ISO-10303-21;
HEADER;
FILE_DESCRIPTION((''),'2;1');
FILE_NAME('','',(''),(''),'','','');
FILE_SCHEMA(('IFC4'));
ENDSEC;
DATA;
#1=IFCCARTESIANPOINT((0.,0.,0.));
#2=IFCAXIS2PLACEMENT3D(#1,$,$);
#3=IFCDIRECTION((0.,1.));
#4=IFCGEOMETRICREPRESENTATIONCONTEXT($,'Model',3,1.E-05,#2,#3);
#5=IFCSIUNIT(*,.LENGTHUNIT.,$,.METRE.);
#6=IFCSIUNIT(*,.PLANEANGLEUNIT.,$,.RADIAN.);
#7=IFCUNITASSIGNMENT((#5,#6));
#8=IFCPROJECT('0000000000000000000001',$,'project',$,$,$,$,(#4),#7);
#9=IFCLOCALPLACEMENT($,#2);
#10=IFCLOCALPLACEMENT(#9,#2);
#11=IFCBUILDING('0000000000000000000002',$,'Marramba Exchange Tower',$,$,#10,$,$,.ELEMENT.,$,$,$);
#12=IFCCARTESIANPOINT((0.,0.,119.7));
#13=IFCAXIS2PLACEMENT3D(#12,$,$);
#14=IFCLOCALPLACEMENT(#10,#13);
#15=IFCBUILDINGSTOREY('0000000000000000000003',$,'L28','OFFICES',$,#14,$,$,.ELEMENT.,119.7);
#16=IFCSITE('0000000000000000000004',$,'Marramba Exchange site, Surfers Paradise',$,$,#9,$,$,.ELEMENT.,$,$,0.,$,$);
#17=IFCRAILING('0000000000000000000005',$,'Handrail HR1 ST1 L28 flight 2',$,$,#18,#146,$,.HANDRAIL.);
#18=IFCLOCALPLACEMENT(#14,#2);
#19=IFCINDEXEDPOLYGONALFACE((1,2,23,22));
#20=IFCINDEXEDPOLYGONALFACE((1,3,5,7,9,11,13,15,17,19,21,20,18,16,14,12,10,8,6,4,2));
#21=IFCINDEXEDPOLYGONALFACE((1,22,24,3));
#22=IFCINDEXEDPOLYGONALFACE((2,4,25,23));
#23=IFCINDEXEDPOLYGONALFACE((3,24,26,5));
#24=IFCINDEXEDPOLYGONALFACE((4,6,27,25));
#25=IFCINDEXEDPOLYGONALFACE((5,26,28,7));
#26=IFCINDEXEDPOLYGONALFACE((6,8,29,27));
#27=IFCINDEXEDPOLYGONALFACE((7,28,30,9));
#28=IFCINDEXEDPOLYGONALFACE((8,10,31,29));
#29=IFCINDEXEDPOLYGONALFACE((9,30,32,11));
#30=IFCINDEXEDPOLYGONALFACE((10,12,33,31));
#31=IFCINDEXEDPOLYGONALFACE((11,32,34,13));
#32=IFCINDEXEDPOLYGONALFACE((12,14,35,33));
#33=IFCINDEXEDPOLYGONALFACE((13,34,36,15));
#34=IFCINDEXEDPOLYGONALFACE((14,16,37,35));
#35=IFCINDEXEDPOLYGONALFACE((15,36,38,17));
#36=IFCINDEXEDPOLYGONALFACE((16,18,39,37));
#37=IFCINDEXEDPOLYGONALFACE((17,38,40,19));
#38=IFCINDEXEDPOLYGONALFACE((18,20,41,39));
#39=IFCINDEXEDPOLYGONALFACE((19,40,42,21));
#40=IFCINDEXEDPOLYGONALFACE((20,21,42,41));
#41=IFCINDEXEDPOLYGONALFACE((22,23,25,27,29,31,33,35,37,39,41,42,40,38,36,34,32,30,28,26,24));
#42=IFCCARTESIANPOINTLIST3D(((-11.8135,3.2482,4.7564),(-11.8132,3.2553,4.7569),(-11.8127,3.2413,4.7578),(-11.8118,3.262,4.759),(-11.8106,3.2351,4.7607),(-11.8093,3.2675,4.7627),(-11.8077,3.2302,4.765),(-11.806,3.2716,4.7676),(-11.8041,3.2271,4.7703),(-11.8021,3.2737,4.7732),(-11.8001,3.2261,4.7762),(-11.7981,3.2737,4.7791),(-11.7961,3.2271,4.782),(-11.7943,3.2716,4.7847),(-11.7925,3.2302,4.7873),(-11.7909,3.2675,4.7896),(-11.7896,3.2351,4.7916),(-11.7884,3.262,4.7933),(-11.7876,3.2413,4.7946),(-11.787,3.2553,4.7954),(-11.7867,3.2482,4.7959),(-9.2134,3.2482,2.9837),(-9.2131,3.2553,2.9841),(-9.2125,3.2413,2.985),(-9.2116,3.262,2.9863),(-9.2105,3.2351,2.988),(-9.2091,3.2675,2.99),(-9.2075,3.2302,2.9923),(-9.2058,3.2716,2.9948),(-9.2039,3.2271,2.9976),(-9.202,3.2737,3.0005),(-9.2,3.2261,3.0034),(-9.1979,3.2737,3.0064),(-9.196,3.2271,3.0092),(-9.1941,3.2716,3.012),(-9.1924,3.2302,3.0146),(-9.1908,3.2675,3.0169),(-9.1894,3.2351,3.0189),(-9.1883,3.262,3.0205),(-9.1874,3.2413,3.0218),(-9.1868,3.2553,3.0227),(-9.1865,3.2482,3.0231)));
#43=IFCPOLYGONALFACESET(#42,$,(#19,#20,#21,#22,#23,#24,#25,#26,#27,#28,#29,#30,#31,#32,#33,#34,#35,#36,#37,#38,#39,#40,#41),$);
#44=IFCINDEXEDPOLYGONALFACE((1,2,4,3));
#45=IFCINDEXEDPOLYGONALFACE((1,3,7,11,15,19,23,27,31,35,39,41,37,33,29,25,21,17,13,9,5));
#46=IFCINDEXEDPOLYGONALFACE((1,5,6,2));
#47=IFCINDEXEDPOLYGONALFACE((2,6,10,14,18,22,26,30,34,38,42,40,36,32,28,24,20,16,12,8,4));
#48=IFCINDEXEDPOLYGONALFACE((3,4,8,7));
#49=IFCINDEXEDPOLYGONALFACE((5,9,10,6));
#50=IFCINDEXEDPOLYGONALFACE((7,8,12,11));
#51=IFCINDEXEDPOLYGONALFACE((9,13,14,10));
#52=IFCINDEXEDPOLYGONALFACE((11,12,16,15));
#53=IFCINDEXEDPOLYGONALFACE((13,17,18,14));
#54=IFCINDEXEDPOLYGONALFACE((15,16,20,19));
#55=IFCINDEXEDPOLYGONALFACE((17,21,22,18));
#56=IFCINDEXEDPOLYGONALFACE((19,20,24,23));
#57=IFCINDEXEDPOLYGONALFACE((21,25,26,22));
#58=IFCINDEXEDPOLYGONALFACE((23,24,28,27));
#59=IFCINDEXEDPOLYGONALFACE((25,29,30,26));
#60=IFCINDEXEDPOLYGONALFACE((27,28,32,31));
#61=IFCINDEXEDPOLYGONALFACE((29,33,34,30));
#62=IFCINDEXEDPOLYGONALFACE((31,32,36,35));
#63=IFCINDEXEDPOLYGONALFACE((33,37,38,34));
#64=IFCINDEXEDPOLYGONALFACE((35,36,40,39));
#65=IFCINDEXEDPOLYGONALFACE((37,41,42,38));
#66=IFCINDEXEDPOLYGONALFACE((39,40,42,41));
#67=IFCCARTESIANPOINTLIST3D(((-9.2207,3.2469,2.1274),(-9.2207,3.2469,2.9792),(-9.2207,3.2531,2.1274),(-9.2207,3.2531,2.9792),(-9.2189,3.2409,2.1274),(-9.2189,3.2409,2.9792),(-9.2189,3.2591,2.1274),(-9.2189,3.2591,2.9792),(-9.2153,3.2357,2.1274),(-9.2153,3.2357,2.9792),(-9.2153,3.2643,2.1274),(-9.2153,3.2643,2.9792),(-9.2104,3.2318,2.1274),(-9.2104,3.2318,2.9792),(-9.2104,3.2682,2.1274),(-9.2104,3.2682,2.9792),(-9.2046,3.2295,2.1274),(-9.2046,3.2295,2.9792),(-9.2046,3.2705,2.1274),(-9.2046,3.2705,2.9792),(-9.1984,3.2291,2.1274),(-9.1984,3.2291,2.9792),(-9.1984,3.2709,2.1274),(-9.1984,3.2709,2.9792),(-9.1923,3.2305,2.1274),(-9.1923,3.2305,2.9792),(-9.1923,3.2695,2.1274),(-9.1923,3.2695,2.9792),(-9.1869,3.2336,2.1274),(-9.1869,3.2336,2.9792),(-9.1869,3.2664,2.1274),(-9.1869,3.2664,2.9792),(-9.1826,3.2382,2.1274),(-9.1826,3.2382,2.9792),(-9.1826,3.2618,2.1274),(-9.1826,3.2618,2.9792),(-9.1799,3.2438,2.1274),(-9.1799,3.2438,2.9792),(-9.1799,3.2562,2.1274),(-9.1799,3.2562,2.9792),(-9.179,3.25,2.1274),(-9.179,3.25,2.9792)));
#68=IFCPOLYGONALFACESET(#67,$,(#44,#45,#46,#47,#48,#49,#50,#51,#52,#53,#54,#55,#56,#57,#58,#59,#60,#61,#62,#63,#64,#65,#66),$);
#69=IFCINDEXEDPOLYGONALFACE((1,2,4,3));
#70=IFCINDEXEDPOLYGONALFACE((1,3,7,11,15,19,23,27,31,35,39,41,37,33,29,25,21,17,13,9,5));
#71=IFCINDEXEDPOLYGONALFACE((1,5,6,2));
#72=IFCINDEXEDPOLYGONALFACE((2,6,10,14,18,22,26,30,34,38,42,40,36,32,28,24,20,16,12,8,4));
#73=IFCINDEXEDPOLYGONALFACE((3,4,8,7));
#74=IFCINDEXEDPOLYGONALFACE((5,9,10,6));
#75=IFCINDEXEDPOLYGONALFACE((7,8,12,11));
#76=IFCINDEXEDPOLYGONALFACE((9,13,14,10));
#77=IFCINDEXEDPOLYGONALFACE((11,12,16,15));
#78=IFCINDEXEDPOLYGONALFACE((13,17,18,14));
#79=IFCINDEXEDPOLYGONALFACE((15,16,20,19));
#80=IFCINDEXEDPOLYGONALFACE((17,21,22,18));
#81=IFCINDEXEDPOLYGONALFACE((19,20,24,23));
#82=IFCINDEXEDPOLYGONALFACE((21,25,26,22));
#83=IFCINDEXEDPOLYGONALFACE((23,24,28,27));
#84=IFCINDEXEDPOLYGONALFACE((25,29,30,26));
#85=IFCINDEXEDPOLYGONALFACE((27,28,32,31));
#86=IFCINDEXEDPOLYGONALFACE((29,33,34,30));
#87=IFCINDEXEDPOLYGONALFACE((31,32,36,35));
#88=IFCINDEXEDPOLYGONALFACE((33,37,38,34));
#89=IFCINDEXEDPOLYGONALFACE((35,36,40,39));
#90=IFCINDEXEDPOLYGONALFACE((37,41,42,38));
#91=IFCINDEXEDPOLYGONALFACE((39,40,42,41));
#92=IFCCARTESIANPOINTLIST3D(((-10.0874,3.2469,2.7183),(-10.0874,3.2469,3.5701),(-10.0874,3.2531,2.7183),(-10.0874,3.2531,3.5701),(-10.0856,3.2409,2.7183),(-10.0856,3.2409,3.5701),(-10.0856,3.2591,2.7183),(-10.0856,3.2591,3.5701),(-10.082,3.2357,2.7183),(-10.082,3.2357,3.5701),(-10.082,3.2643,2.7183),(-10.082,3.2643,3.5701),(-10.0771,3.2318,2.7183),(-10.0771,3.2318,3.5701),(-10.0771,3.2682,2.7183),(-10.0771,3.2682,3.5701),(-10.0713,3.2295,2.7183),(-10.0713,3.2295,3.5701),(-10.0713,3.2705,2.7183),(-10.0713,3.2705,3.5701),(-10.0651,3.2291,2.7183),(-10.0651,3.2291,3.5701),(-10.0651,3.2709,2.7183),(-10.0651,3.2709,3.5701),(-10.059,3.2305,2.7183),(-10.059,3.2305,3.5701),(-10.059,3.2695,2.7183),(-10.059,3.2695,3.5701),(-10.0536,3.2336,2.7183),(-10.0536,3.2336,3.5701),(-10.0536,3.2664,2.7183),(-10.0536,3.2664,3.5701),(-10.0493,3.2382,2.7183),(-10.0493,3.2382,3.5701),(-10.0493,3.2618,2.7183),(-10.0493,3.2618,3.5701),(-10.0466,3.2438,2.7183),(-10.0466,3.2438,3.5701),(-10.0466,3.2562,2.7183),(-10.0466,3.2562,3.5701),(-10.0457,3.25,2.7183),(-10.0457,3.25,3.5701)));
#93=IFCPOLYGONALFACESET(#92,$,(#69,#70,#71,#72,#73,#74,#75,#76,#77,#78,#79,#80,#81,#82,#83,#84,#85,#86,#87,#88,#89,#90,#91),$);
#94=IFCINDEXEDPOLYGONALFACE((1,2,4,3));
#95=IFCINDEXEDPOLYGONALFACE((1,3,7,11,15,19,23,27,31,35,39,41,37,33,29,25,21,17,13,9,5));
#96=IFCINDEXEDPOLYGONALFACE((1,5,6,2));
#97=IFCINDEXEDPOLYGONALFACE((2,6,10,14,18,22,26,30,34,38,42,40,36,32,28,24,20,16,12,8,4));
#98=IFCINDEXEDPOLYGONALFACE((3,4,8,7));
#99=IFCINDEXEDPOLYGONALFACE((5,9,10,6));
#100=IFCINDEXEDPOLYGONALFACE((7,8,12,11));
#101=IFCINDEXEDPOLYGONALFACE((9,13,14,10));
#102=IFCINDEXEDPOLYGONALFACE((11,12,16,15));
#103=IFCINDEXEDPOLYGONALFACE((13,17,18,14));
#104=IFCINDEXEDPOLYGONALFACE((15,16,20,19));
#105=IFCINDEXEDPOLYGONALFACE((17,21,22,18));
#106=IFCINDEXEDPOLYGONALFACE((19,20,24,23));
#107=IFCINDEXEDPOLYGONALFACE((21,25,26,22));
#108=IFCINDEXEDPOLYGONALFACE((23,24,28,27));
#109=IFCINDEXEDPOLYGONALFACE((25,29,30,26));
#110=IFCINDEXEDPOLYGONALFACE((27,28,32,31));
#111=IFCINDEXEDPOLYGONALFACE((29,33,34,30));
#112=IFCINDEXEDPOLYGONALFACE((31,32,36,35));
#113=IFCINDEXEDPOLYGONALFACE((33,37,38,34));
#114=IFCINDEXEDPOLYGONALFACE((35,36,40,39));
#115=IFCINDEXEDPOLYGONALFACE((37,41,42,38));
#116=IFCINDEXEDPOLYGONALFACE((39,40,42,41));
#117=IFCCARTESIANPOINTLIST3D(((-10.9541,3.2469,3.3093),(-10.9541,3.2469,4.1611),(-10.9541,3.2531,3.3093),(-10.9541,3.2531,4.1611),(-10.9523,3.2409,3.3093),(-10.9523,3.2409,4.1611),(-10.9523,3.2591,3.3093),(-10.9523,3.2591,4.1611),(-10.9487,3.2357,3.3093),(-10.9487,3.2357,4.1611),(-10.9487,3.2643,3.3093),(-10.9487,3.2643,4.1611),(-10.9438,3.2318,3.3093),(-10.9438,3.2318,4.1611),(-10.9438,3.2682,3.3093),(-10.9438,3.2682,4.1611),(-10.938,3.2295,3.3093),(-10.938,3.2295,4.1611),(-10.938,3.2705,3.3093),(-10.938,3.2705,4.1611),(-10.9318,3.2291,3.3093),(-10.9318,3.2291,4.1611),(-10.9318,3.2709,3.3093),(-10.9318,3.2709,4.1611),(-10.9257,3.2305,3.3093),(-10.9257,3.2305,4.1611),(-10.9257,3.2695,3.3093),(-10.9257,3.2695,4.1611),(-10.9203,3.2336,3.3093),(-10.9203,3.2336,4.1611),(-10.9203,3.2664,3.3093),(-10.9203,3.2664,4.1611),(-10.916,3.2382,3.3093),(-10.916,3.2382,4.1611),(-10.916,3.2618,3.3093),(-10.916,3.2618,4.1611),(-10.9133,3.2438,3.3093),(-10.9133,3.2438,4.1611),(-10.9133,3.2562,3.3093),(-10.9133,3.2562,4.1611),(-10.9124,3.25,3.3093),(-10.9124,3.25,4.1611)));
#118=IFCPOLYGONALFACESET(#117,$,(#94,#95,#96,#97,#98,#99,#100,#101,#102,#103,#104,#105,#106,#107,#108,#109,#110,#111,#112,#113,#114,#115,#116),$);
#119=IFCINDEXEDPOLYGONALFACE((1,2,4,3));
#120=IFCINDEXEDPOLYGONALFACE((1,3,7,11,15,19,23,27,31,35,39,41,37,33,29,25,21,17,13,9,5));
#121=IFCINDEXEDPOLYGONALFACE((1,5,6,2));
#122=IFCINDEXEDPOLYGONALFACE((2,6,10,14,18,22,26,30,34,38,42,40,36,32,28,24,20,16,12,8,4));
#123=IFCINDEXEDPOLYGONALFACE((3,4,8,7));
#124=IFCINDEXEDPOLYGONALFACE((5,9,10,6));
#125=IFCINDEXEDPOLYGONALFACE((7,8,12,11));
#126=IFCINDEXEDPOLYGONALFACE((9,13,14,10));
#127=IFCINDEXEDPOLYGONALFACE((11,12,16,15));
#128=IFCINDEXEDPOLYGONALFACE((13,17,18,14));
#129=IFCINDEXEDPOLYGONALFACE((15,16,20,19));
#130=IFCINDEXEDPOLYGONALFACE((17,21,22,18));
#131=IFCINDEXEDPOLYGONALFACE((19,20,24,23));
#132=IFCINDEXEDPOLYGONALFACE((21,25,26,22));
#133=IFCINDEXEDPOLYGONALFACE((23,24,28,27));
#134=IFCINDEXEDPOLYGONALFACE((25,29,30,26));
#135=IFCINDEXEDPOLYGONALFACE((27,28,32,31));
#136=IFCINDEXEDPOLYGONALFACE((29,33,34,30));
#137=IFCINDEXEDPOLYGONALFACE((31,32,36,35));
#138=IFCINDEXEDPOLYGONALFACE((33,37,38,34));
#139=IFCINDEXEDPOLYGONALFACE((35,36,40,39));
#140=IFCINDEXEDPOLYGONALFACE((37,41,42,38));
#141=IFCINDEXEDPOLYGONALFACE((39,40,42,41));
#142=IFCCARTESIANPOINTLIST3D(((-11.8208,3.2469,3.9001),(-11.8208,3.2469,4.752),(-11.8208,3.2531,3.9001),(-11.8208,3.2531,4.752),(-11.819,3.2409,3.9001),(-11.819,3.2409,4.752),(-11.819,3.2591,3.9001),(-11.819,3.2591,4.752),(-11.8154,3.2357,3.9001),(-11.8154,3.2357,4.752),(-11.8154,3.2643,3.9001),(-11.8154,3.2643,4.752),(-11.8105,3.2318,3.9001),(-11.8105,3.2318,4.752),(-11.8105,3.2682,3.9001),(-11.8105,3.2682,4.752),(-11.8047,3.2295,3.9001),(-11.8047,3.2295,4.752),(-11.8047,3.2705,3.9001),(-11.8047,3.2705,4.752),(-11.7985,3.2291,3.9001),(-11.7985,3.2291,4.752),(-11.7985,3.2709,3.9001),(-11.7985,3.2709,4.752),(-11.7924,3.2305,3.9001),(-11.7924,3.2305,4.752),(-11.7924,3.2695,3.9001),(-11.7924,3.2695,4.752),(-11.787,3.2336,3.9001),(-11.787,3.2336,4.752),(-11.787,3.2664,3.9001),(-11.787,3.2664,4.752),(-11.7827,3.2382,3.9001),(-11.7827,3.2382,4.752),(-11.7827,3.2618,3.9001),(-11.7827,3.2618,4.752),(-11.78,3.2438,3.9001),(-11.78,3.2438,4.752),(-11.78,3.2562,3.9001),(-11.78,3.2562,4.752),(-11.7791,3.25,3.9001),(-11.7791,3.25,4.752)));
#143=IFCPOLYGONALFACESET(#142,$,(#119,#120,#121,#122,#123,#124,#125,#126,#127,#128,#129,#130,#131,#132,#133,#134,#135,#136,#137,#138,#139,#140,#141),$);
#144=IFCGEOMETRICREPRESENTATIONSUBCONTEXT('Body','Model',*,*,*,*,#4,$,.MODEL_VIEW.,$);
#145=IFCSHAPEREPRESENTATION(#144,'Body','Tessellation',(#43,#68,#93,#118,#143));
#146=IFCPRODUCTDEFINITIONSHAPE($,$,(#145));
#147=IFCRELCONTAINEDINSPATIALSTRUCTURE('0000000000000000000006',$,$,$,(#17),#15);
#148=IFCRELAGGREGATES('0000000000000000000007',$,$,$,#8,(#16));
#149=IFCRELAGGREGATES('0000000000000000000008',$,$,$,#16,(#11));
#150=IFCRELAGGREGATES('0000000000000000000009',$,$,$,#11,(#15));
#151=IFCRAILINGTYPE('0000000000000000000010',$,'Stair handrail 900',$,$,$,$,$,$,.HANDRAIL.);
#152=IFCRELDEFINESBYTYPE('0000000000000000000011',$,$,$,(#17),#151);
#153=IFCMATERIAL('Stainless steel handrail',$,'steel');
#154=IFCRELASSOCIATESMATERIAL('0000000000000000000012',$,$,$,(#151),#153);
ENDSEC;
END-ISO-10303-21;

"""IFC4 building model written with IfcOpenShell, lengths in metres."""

from ifc_helpers import new_model, si_unit, direction, frame, origin, origin_2d, place, context, subcontext, project, spatial, circle, extrude, material, type_object, element, save


model = new_model("IFC4")

# Units and contexts
model_context = context("Model", 3, precision=1e-05, world=origin(), true_north=direction((0.0, 1.0)))
body_context = subcontext(model_context, "Body", "Model", "MODEL_VIEW")
ifc_project = project(units=[si_unit("LENGTHUNIT", "METRE"), si_unit("PLANEANGLEUNIT", "RADIAN")], contexts=[model_context])

# Site, building, storey
site_placement = place(None, origin())
site = spatial("IfcSite", under=ifc_project, at=site_placement, Name="Marramba Exchange site, Surfers Paradise", CompositionType="ELEMENT", RefElevation=0.0)
building_placement = place(site_placement, origin())
building = spatial("IfcBuilding", under=site, at=building_placement, Name="Marramba Exchange Tower", CompositionType="ELEMENT")
storey_placement = place(building_placement, frame((0.0, 0.0, 119.7)))
storey = spatial("IfcBuildingStorey", under=building, at=storey_placement, Name="L28", Description="OFFICES", CompositionType="ELEMENT", Elevation=119.7)

# Railing
ifc_material_1 = material(Name="Stainless steel handrail", Category="steel")
railing_type = type_object("IfcRailingType", Name="Stair handrail 900", PredefinedType="HANDRAIL", material=ifc_material_1)
railing_placement = place(storey_placement, frame((-9.2, 3.25, 2.1274)))
element("IfcRailing", 1, at=railing_placement, inside=storey, type_object=railing_type, Name="Handrail HR1 ST1 L28 flight 2", PredefinedType="HANDRAIL", context=body_context, shape_type="SweptSolid", body=[
    extrude(circle(Radius=0.0239, at=origin_2d()), frame((0.0, 0.0, 0.876), z_axis=(-0.82624, 0.0, 0.563318), x_axis=(0.0, -1.0, 0.0)), (0.0, 0.0, 1.0), 3.147),
    extrude(circle(Radius=0.021, at=origin_2d()), origin(), (0.0, 0.0, 1.0), 0.8518),
    extrude(circle(Radius=0.021, at=origin_2d()), frame((-0.8667, 0.0, 0.5908)), (0.0, 0.0, 1.0), 0.8518),
    extrude(circle(Radius=0.021, at=origin_2d()), frame((-1.7334, 0.0, 1.1819)), (0.0, 0.0, 1.0), 0.8518),
    extrude(circle(Radius=0.021, at=origin_2d()), frame((-2.6001, 0.0, 1.7727)), (0.0, 0.0, 1.0), 0.8518),
])

save(model, "model.ifc")
